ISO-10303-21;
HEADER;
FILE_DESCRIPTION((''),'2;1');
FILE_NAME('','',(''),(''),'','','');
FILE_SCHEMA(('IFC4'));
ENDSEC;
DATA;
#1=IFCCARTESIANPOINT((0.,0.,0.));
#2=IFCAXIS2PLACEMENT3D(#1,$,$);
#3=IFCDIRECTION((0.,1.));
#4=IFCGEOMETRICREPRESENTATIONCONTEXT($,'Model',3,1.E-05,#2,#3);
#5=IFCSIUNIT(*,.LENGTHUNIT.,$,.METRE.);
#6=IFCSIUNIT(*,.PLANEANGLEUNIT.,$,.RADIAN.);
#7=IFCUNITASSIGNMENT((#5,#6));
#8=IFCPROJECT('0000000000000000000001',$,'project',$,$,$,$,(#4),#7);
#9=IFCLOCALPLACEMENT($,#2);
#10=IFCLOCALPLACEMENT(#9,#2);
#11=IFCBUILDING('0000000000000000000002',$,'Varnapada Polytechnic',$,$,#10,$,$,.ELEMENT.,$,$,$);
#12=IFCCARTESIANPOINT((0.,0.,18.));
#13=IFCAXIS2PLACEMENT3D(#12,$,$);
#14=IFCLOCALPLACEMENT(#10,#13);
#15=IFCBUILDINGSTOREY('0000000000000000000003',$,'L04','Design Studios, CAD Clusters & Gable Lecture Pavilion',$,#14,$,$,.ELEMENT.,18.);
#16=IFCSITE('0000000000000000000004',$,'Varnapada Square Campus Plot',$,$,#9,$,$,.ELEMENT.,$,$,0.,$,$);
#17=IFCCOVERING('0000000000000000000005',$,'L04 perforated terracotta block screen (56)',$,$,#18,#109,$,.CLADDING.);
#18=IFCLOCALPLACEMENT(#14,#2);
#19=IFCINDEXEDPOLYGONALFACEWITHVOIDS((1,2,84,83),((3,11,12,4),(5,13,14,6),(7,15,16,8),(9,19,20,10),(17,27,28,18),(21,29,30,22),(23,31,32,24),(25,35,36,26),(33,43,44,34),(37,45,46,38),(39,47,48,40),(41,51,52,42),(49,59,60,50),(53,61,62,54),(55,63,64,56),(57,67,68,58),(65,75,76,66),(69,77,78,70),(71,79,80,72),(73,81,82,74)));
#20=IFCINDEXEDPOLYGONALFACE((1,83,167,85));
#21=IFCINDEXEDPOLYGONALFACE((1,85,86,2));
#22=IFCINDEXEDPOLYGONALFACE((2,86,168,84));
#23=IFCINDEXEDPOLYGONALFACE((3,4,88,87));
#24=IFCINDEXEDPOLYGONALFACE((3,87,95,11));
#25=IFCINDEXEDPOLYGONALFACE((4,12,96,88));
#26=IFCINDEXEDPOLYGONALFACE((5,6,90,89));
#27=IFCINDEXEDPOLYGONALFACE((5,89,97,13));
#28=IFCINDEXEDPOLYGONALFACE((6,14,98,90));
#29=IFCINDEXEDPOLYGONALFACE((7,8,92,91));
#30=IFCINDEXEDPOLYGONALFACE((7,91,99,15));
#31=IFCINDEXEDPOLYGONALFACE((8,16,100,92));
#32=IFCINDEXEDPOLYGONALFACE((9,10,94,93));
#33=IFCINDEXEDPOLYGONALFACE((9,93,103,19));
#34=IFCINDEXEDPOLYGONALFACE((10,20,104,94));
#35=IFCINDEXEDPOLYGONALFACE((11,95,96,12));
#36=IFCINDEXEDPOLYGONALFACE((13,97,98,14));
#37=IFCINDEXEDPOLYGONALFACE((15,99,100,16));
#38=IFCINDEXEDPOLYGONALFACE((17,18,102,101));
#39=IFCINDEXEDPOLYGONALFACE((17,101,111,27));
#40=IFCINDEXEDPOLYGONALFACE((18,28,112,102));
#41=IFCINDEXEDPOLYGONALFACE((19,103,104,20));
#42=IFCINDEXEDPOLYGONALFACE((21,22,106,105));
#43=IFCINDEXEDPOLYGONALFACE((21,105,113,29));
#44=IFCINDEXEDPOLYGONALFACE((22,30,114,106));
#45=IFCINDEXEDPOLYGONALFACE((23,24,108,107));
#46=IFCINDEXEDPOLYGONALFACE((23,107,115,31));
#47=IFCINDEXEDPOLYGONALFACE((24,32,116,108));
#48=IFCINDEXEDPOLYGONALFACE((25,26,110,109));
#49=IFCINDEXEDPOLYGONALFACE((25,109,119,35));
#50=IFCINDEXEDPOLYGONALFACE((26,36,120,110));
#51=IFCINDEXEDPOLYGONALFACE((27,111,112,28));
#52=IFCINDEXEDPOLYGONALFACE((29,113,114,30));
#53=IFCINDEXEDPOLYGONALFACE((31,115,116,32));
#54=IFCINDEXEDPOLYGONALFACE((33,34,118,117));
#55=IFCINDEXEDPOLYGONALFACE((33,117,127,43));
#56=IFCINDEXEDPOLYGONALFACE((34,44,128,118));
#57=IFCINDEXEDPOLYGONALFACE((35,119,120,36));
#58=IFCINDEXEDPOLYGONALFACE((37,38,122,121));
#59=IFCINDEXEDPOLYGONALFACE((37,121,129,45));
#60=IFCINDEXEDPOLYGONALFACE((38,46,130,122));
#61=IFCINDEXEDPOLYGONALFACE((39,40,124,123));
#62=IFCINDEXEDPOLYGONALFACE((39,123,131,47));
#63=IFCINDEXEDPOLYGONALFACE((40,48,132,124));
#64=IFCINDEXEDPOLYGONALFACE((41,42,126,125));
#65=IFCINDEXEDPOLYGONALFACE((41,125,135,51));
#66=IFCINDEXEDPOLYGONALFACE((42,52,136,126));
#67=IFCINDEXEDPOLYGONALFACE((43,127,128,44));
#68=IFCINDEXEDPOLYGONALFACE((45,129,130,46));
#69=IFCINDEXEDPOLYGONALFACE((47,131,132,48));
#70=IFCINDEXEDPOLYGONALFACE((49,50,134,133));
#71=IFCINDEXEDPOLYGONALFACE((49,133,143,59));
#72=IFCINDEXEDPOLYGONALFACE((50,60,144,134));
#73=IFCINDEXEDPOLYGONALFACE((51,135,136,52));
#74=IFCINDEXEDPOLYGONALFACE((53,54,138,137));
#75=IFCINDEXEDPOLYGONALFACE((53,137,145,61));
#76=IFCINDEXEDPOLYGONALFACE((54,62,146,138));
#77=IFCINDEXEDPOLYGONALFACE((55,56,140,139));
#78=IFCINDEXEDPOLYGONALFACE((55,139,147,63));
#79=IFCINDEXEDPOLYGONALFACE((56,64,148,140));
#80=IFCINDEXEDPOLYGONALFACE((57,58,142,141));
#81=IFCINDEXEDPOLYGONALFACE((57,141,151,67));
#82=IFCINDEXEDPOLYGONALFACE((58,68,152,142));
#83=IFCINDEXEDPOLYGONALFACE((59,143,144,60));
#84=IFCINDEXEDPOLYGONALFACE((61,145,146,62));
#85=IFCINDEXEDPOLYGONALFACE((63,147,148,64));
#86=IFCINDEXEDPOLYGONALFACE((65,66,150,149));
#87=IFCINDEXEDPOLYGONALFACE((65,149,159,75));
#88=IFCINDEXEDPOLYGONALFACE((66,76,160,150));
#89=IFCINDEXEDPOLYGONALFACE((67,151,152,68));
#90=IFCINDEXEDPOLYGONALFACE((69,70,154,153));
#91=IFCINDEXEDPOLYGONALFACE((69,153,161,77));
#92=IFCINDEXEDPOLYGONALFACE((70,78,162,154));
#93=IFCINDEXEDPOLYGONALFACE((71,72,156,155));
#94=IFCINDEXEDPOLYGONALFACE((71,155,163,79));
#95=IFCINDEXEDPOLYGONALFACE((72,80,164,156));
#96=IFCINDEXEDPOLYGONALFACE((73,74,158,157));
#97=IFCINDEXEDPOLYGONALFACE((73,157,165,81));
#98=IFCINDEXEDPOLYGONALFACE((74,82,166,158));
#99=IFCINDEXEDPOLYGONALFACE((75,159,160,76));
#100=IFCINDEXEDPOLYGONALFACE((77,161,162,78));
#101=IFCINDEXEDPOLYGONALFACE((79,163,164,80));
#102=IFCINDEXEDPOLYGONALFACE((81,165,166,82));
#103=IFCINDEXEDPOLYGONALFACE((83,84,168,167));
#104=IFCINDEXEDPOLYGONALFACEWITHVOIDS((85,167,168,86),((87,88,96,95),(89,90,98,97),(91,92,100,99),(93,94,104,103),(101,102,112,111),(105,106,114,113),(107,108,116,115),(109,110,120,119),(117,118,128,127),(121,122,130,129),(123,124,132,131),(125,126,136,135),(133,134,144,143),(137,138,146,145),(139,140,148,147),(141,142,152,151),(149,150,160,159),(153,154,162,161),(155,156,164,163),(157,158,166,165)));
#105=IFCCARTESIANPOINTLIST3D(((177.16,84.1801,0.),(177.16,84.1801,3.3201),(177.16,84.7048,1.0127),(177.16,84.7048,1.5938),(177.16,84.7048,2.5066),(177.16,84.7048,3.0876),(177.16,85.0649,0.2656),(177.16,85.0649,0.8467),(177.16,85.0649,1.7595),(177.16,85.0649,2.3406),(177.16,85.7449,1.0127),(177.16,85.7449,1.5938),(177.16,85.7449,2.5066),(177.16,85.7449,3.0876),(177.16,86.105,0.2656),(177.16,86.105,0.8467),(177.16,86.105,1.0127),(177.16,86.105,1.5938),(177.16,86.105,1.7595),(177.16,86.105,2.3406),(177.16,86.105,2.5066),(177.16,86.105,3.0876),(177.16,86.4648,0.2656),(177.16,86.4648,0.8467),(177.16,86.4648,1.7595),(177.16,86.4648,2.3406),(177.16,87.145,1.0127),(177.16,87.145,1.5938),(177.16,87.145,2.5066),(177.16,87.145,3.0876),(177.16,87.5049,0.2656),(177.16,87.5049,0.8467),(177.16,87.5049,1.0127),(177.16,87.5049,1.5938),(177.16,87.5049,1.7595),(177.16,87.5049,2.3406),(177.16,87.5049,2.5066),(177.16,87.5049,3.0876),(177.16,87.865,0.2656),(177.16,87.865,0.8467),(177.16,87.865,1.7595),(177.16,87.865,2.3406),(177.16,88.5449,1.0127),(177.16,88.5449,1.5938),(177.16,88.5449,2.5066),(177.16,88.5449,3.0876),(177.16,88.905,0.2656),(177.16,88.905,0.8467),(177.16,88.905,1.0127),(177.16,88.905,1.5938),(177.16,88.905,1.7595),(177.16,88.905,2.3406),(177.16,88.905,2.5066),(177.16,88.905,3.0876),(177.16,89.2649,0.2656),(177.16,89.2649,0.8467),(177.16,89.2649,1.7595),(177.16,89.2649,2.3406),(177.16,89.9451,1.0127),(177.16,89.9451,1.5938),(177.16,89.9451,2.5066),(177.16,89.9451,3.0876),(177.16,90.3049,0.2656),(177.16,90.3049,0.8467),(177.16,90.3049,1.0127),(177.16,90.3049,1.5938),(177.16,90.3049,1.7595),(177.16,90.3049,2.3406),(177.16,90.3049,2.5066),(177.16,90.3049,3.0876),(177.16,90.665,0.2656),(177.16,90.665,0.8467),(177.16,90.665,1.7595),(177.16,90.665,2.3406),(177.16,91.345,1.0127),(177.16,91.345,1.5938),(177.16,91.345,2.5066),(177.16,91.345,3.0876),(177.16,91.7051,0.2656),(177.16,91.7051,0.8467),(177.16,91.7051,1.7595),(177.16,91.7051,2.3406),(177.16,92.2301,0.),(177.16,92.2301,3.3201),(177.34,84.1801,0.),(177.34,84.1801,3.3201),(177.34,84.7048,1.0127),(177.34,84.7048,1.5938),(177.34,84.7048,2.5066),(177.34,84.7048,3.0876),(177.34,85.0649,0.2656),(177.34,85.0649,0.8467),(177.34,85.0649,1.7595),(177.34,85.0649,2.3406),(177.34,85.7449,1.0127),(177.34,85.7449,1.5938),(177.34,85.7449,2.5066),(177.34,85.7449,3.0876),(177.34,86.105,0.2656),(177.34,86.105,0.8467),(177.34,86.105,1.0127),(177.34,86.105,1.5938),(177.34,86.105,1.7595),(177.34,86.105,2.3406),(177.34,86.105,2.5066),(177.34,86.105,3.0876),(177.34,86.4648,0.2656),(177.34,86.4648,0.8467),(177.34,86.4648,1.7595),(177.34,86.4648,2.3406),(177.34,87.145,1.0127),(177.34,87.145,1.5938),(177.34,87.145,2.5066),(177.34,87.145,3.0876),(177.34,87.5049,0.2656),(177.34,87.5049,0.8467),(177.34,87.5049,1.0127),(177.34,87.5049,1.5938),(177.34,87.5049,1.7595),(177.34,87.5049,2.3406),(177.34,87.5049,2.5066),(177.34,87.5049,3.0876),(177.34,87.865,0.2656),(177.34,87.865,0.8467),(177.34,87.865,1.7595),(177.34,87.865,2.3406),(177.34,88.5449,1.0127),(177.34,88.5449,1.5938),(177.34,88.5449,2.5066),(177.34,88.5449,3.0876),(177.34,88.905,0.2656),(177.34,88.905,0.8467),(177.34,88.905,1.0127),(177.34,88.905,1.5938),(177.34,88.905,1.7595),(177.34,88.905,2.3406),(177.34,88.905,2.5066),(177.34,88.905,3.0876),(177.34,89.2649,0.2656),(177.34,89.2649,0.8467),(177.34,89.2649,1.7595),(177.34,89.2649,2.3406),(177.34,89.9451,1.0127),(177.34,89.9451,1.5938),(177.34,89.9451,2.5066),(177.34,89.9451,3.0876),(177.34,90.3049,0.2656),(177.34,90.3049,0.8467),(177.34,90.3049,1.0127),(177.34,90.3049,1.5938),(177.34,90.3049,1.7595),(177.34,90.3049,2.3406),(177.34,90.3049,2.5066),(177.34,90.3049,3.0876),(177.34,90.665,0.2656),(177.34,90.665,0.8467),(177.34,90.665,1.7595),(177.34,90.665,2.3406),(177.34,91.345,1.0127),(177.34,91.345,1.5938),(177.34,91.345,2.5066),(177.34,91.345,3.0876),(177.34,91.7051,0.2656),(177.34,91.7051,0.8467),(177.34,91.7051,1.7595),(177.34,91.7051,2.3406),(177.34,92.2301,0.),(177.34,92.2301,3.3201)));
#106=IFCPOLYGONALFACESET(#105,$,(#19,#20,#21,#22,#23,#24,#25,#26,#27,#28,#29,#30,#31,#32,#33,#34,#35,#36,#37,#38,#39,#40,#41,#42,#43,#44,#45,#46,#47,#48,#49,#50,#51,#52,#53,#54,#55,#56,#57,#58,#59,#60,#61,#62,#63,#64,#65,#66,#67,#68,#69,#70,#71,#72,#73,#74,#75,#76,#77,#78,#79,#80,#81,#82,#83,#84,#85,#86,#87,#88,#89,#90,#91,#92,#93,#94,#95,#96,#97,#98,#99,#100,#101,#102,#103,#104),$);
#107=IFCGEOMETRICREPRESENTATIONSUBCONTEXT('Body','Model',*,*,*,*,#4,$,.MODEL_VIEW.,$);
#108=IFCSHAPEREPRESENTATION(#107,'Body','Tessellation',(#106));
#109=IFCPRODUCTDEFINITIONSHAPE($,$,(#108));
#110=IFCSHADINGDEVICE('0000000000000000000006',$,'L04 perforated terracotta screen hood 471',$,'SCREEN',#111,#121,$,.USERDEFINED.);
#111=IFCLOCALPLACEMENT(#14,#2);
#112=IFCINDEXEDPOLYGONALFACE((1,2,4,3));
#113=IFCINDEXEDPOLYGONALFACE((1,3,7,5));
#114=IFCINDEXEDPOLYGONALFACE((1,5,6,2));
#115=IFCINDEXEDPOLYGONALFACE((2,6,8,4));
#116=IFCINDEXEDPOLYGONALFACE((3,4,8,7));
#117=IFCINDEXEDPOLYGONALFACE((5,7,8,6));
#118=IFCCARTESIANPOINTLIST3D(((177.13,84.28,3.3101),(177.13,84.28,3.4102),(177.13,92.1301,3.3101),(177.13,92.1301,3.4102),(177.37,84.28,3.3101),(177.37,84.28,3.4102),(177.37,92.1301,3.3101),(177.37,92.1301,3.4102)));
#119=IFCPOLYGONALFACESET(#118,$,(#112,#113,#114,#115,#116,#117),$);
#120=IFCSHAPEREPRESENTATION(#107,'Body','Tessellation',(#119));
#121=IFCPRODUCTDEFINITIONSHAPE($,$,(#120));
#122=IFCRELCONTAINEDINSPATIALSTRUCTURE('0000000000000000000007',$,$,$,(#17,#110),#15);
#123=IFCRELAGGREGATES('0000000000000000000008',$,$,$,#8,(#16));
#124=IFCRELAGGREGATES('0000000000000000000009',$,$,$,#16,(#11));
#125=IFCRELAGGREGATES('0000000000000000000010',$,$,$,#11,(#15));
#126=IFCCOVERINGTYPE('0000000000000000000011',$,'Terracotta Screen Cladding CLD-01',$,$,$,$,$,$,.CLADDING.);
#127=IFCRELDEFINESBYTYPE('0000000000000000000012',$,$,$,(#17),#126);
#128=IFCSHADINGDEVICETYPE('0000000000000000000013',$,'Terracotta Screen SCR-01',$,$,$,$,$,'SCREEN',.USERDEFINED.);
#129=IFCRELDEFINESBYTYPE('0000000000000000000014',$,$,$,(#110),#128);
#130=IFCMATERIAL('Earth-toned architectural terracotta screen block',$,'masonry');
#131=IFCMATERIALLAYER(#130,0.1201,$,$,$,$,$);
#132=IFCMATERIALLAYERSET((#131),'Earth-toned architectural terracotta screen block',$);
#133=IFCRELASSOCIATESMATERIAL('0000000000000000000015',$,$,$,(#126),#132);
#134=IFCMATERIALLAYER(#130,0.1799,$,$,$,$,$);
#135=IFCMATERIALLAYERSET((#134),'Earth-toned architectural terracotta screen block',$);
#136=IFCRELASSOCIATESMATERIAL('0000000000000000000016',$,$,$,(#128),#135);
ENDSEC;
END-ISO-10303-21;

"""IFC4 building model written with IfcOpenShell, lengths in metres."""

from ifc_helpers import new_model, si_unit, direction, frame, frame_2d, origin, origin_2d, place, context, subcontext, project, spatial, rectangle, extrude, material, layer, layer_set, type_object, element, save


model = new_model("IFC4")

# Units and contexts
model_context = context("Model", 3, precision=1e-05, world=origin(), true_north=direction((0.0, 1.0)))
body_context = subcontext(model_context, "Body", "Model", "MODEL_VIEW")
ifc_project = project(units=[si_unit("LENGTHUNIT", "METRE"), si_unit("PLANEANGLEUNIT", "RADIAN")], contexts=[model_context])

# Site, building, storey
site_placement = place(None, origin())
site = spatial("IfcSite", under=ifc_project, at=site_placement, Name="Varnapada Square Campus Plot", CompositionType="ELEMENT", RefElevation=0.0)
building_placement = place(site_placement, origin())
building = spatial("IfcBuilding", under=site, at=building_placement, Name="Varnapada Polytechnic", CompositionType="ELEMENT")
storey_placement = place(building_placement, frame((0.0, 0.0, 18.0)))
storey = spatial("IfcBuildingStorey", under=building, at=storey_placement, Name="L04", Description="Design Studios, CAD Clusters & Gable Lecture Pavilion", CompositionType="ELEMENT", Elevation=18.0)

# Covering, openings
ifc_material_1 = material(Name="Earth-toned architectural terracotta screen block", Category="masonry")
ifc_layer_1 = layer(ifc_material_1, 0.1201)
ifc_layer_set_1 = layer_set([ifc_layer_1], Name="Earth-toned architectural terracotta screen block")
covering_type = type_object("IfcCoveringType", Name="Terracotta Screen Cladding CLD-01", PredefinedType="CLADDING", material=ifc_layer_set_1)
covering_placement = place(storey_placement, frame((177.25, 92.23, 0.0), z_axis=(0.0, 0.0, 1.0), x_axis=(0.0, -1.0, 0.0)))
covering = element("IfcCovering", 1, at=covering_placement, inside=storey, type_object=covering_type, Name="L04 perforated terracotta block screen (56)", PredefinedType="CLADDING", context=body_context, shape_type="SweptSolid", body=[
    extrude(rectangle(XDim=8.05, YDim=0.1799, at=frame_2d((4.0249, 0.0))), origin(), (0.0, 0.0, 1.0), 3.3201),
])
opening_1_placement = place(covering_placement, frame((0.5249, 0.0, 0.2656)))
element("IfcOpeningElement", 2, at=opening_1_placement, cuts=covering, PredefinedType="OPENING", context=body_context, shape_type="SweptSolid", body=[
    extrude(rectangle(XDim=1.04, YDim=0.5811, at=frame_2d((0.52, 0.2905))), frame((0.0, 0.0999, 0.0), z_axis=(0.0, -1.0, 0.0), x_axis=(1.0, 0.0, 0.0)), (0.0, 0.0, 1.0), 0.2),
])
opening_2_placement = place(covering_placement, frame((1.925, 0.0, 0.2656)))
element("IfcOpeningElement", 3, at=opening_2_placement, cuts=covering, PredefinedType="OPENING", context=body_context, shape_type="SweptSolid", body=[
    extrude(rectangle(XDim=1.04, YDim=0.5811, at=frame_2d((0.52, 0.2905))), frame((0.0, 0.0999, 0.0), z_axis=(0.0, -1.0, 0.0), x_axis=(1.0, 0.0, 0.0)), (0.0, 0.0, 1.0), 0.2),
])
opening_3_placement = place(covering_placement, frame((3.325, 0.0, 0.2656)))
element("IfcOpeningElement", 4, at=opening_3_placement, cuts=covering, PredefinedType="OPENING", context=body_context, shape_type="SweptSolid", body=[
    extrude(rectangle(XDim=1.04, YDim=0.5811, at=frame_2d((0.52, 0.2905))), frame((0.0, 0.0999, 0.0), z_axis=(0.0, -1.0, 0.0), x_axis=(1.0, 0.0, 0.0)), (0.0, 0.0, 1.0), 0.2),
])
opening_4_placement = place(covering_placement, frame((4.7251, 0.0, 0.2656)))
element("IfcOpeningElement", 5, at=opening_4_placement, cuts=covering, PredefinedType="OPENING", context=body_context, shape_type="SweptSolid", body=[
    extrude(rectangle(XDim=1.04, YDim=0.5811, at=frame_2d((0.52, 0.2905))), frame((0.0, 0.0999, 0.0), z_axis=(0.0, -1.0, 0.0), x_axis=(1.0, 0.0, 0.0)), (0.0, 0.0, 1.0), 0.2),
])
opening_5_placement = place(covering_placement, frame((6.125, 0.0, 0.2656)))
element("IfcOpeningElement", 6, at=opening_5_placement, cuts=covering, PredefinedType="OPENING", context=body_context, shape_type="SweptSolid", body=[
    extrude(rectangle(XDim=1.04, YDim=0.5811, at=frame_2d((0.52, 0.2905))), frame((0.0, 0.0999, 0.0), z_axis=(0.0, -1.0, 0.0), x_axis=(1.0, 0.0, 0.0)), (0.0, 0.0, 1.0), 0.2),
])
opening_6_placement = place(covering_placement, frame((0.885, 0.0, 1.0127)))
element("IfcOpeningElement", 7, at=opening_6_placement, cuts=covering, PredefinedType="OPENING", context=body_context, shape_type="SweptSolid", body=[
    extrude(rectangle(XDim=1.04, YDim=0.5811, at=frame_2d((0.52, 0.2905))), frame((0.0, 0.0999, 0.0), z_axis=(0.0, -1.0, 0.0), x_axis=(1.0, 0.0, 0.0)), (0.0, 0.0, 1.0), 0.2),
])
opening_7_placement = place(covering_placement, frame((2.2849, 0.0, 1.0127)))
element("IfcOpeningElement", 8, at=opening_7_placement, cuts=covering, PredefinedType="OPENING", context=body_context, shape_type="SweptSolid", body=[
    extrude(rectangle(XDim=1.04, YDim=0.5811, at=frame_2d((0.52, 0.2905))), frame((0.0, 0.0999, 0.0), z_axis=(0.0, -1.0, 0.0), x_axis=(1.0, 0.0, 0.0)), (0.0, 0.0, 1.0), 0.2),
])
opening_8_placement = place(covering_placement, frame((3.6851, 0.0, 1.0127)))
element("IfcOpeningElement", 9, at=opening_8_placement, cuts=covering, PredefinedType="OPENING", context=body_context, shape_type="SweptSolid", body=[
    extrude(rectangle(XDim=1.04, YDim=0.5811, at=frame_2d((0.52, 0.2905))), frame((0.0, 0.0999, 0.0), z_axis=(0.0, -1.0, 0.0), x_axis=(1.0, 0.0, 0.0)), (0.0, 0.0, 1.0), 0.2),
])
opening_9_placement = place(covering_placement, frame((5.085, 0.0, 1.0127)))
element("IfcOpeningElement", 10, at=opening_9_placement, cuts=covering, PredefinedType="OPENING", context=body_context, shape_type="SweptSolid", body=[
    extrude(rectangle(XDim=1.04, YDim=0.5811, at=frame_2d((0.52, 0.2905))), frame((0.0, 0.0999, 0.0), z_axis=(0.0, -1.0, 0.0), x_axis=(1.0, 0.0, 0.0)), (0.0, 0.0, 1.0), 0.2),
])
opening_10_placement = place(covering_placement, frame((6.4851, 0.0, 1.0127)))
element("IfcOpeningElement", 11, at=opening_10_placement, cuts=covering, PredefinedType="OPENING", context=body_context, shape_type="SweptSolid", body=[
    extrude(rectangle(XDim=1.04, YDim=0.5811, at=frame_2d((0.52, 0.2905))), frame((0.0, 0.0999, 0.0), z_axis=(0.0, -1.0, 0.0), x_axis=(1.0, 0.0, 0.0)), (0.0, 0.0, 1.0), 0.2),
])
opening_11_placement = place(covering_placement, frame((0.5249, 0.0, 1.7595)))
element("IfcOpeningElement", 12, at=opening_11_placement, cuts=covering, PredefinedType="OPENING", context=body_context, shape_type="SweptSolid", body=[
    extrude(rectangle(XDim=1.04, YDim=0.5811, at=frame_2d((0.52, 0.2905))), frame((0.0, 0.0999, 0.0), z_axis=(0.0, -1.0, 0.0), x_axis=(1.0, 0.0, 0.0)), (0.0, 0.0, 1.0), 0.2),
])
opening_12_placement = place(covering_placement, frame((1.925, 0.0, 1.7595)))
element("IfcOpeningElement", 13, at=opening_12_placement, cuts=covering, PredefinedType="OPENING", context=body_context, shape_type="SweptSolid", body=[
    extrude(rectangle(XDim=1.04, YDim=0.5811, at=frame_2d((0.52, 0.2905))), frame((0.0, 0.0999, 0.0), z_axis=(0.0, -1.0, 0.0), x_axis=(1.0, 0.0, 0.0)), (0.0, 0.0, 1.0), 0.2),
])
opening_13_placement = place(covering_placement, frame((3.325, 0.0, 1.7595)))
element("IfcOpeningElement", 14, at=opening_13_placement, cuts=covering, PredefinedType="OPENING", context=body_context, shape_type="SweptSolid", body=[
    extrude(rectangle(XDim=1.04, YDim=0.5811, at=frame_2d((0.52, 0.2905))), frame((0.0, 0.0999, 0.0), z_axis=(0.0, -1.0, 0.0), x_axis=(1.0, 0.0, 0.0)), (0.0, 0.0, 1.0), 0.2),
])
opening_14_placement = place(covering_placement, frame((4.7251, 0.0, 1.7595)))
element("IfcOpeningElement", 15, at=opening_14_placement, cuts=covering, PredefinedType="OPENING", context=body_context, shape_type="SweptSolid", body=[
    extrude(rectangle(XDim=1.04, YDim=0.5811, at=frame_2d((0.52, 0.2905))), frame((0.0, 0.0999, 0.0), z_axis=(0.0, -1.0, 0.0), x_axis=(1.0, 0.0, 0.0)), (0.0, 0.0, 1.0), 0.2),
])
opening_15_placement = place(covering_placement, frame((6.125, 0.0, 1.7595)))
element("IfcOpeningElement", 16, at=opening_15_placement, cuts=covering, PredefinedType="OPENING", context=body_context, shape_type="SweptSolid", body=[
    extrude(rectangle(XDim=1.04, YDim=0.5811, at=frame_2d((0.52, 0.2905))), frame((0.0, 0.0999, 0.0), z_axis=(0.0, -1.0, 0.0), x_axis=(1.0, 0.0, 0.0)), (0.0, 0.0, 1.0), 0.2),
])
opening_16_placement = place(covering_placement, frame((0.885, 0.0, 2.5066)))
element("IfcOpeningElement", 17, at=opening_16_placement, cuts=covering, PredefinedType="OPENING", context=body_context, shape_type="SweptSolid", body=[
    extrude(rectangle(XDim=1.04, YDim=0.5811, at=frame_2d((0.52, 0.2905))), frame((0.0, 0.0999, 0.0), z_axis=(0.0, -1.0, 0.0), x_axis=(1.0, 0.0, 0.0)), (0.0, 0.0, 1.0), 0.2),
])
opening_17_placement = place(covering_placement, frame((2.2849, 0.0, 2.5066)))
element("IfcOpeningElement", 18, at=opening_17_placement, cuts=covering, PredefinedType="OPENING", context=body_context, shape_type="SweptSolid", body=[
    extrude(rectangle(XDim=1.04, YDim=0.5811, at=frame_2d((0.52, 0.2905))), frame((0.0, 0.0999, 0.0), z_axis=(0.0, -1.0, 0.0), x_axis=(1.0, 0.0, 0.0)), (0.0, 0.0, 1.0), 0.2),
])
opening_18_placement = place(covering_placement, frame((3.6851, 0.0, 2.5066)))
element("IfcOpeningElement", 19, at=opening_18_placement, cuts=covering, PredefinedType="OPENING", context=body_context, shape_type="SweptSolid", body=[
    extrude(rectangle(XDim=1.04, YDim=0.5811, at=frame_2d((0.52, 0.2905))), frame((0.0, 0.0999, 0.0), z_axis=(0.0, -1.0, 0.0), x_axis=(1.0, 0.0, 0.0)), (0.0, 0.0, 1.0), 0.2),
])
opening_19_placement = place(covering_placement, frame((5.085, 0.0, 2.5066)))
element("IfcOpeningElement", 20, at=opening_19_placement, cuts=covering, PredefinedType="OPENING", context=body_context, shape_type="SweptSolid", body=[
    extrude(rectangle(XDim=1.04, YDim=0.5811, at=frame_2d((0.52, 0.2905))), frame((0.0, 0.0999, 0.0), z_axis=(0.0, -1.0, 0.0), x_axis=(1.0, 0.0, 0.0)), (0.0, 0.0, 1.0), 0.2),
])
opening_20_placement = place(covering_placement, frame((6.4851, 0.0, 2.5066)))
element("IfcOpeningElement", 21, at=opening_20_placement, cuts=covering, PredefinedType="OPENING", context=body_context, shape_type="SweptSolid", body=[
    extrude(rectangle(XDim=1.04, YDim=0.5811, at=frame_2d((0.52, 0.2905))), frame((0.0, 0.0999, 0.0), z_axis=(0.0, -1.0, 0.0), x_axis=(1.0, 0.0, 0.0)), (0.0, 0.0, 1.0), 0.2),
])

# Shading device
ifc_layer_2 = layer(ifc_material_1, 0.1799)
ifc_layer_set_2 = layer_set([ifc_layer_2], Name="Earth-toned architectural terracotta screen block")
shading_device_type = type_object("IfcShadingDeviceType", Name="Terracotta Screen SCR-01", ElementType="SCREEN", PredefinedType="USERDEFINED", material=ifc_layer_set_2)
for number, where, z_axis, x_axis, name in (
    (22, (177.25, 88.2051, 3.3101), (0.0, 0.0, 1.0), (0.0, -1.0, 0.0), "L04 perforated terracotta screen hood 471"),
):
    element("IfcShadingDevice", number, at=place(storey_placement, frame(where, z_axis=z_axis, x_axis=x_axis)), inside=storey, type_object=shading_device_type, Name=name, ObjectType="SCREEN", PredefinedType="USERDEFINED", context=body_context, shape_type="SweptSolid", body=[
        extrude(rectangle(XDim=7.8501, YDim=0.24, at=origin_2d()), origin(), (0.0, 0.0, 1.0), 0.1001),
    ])

save(model, "model.ifc")
